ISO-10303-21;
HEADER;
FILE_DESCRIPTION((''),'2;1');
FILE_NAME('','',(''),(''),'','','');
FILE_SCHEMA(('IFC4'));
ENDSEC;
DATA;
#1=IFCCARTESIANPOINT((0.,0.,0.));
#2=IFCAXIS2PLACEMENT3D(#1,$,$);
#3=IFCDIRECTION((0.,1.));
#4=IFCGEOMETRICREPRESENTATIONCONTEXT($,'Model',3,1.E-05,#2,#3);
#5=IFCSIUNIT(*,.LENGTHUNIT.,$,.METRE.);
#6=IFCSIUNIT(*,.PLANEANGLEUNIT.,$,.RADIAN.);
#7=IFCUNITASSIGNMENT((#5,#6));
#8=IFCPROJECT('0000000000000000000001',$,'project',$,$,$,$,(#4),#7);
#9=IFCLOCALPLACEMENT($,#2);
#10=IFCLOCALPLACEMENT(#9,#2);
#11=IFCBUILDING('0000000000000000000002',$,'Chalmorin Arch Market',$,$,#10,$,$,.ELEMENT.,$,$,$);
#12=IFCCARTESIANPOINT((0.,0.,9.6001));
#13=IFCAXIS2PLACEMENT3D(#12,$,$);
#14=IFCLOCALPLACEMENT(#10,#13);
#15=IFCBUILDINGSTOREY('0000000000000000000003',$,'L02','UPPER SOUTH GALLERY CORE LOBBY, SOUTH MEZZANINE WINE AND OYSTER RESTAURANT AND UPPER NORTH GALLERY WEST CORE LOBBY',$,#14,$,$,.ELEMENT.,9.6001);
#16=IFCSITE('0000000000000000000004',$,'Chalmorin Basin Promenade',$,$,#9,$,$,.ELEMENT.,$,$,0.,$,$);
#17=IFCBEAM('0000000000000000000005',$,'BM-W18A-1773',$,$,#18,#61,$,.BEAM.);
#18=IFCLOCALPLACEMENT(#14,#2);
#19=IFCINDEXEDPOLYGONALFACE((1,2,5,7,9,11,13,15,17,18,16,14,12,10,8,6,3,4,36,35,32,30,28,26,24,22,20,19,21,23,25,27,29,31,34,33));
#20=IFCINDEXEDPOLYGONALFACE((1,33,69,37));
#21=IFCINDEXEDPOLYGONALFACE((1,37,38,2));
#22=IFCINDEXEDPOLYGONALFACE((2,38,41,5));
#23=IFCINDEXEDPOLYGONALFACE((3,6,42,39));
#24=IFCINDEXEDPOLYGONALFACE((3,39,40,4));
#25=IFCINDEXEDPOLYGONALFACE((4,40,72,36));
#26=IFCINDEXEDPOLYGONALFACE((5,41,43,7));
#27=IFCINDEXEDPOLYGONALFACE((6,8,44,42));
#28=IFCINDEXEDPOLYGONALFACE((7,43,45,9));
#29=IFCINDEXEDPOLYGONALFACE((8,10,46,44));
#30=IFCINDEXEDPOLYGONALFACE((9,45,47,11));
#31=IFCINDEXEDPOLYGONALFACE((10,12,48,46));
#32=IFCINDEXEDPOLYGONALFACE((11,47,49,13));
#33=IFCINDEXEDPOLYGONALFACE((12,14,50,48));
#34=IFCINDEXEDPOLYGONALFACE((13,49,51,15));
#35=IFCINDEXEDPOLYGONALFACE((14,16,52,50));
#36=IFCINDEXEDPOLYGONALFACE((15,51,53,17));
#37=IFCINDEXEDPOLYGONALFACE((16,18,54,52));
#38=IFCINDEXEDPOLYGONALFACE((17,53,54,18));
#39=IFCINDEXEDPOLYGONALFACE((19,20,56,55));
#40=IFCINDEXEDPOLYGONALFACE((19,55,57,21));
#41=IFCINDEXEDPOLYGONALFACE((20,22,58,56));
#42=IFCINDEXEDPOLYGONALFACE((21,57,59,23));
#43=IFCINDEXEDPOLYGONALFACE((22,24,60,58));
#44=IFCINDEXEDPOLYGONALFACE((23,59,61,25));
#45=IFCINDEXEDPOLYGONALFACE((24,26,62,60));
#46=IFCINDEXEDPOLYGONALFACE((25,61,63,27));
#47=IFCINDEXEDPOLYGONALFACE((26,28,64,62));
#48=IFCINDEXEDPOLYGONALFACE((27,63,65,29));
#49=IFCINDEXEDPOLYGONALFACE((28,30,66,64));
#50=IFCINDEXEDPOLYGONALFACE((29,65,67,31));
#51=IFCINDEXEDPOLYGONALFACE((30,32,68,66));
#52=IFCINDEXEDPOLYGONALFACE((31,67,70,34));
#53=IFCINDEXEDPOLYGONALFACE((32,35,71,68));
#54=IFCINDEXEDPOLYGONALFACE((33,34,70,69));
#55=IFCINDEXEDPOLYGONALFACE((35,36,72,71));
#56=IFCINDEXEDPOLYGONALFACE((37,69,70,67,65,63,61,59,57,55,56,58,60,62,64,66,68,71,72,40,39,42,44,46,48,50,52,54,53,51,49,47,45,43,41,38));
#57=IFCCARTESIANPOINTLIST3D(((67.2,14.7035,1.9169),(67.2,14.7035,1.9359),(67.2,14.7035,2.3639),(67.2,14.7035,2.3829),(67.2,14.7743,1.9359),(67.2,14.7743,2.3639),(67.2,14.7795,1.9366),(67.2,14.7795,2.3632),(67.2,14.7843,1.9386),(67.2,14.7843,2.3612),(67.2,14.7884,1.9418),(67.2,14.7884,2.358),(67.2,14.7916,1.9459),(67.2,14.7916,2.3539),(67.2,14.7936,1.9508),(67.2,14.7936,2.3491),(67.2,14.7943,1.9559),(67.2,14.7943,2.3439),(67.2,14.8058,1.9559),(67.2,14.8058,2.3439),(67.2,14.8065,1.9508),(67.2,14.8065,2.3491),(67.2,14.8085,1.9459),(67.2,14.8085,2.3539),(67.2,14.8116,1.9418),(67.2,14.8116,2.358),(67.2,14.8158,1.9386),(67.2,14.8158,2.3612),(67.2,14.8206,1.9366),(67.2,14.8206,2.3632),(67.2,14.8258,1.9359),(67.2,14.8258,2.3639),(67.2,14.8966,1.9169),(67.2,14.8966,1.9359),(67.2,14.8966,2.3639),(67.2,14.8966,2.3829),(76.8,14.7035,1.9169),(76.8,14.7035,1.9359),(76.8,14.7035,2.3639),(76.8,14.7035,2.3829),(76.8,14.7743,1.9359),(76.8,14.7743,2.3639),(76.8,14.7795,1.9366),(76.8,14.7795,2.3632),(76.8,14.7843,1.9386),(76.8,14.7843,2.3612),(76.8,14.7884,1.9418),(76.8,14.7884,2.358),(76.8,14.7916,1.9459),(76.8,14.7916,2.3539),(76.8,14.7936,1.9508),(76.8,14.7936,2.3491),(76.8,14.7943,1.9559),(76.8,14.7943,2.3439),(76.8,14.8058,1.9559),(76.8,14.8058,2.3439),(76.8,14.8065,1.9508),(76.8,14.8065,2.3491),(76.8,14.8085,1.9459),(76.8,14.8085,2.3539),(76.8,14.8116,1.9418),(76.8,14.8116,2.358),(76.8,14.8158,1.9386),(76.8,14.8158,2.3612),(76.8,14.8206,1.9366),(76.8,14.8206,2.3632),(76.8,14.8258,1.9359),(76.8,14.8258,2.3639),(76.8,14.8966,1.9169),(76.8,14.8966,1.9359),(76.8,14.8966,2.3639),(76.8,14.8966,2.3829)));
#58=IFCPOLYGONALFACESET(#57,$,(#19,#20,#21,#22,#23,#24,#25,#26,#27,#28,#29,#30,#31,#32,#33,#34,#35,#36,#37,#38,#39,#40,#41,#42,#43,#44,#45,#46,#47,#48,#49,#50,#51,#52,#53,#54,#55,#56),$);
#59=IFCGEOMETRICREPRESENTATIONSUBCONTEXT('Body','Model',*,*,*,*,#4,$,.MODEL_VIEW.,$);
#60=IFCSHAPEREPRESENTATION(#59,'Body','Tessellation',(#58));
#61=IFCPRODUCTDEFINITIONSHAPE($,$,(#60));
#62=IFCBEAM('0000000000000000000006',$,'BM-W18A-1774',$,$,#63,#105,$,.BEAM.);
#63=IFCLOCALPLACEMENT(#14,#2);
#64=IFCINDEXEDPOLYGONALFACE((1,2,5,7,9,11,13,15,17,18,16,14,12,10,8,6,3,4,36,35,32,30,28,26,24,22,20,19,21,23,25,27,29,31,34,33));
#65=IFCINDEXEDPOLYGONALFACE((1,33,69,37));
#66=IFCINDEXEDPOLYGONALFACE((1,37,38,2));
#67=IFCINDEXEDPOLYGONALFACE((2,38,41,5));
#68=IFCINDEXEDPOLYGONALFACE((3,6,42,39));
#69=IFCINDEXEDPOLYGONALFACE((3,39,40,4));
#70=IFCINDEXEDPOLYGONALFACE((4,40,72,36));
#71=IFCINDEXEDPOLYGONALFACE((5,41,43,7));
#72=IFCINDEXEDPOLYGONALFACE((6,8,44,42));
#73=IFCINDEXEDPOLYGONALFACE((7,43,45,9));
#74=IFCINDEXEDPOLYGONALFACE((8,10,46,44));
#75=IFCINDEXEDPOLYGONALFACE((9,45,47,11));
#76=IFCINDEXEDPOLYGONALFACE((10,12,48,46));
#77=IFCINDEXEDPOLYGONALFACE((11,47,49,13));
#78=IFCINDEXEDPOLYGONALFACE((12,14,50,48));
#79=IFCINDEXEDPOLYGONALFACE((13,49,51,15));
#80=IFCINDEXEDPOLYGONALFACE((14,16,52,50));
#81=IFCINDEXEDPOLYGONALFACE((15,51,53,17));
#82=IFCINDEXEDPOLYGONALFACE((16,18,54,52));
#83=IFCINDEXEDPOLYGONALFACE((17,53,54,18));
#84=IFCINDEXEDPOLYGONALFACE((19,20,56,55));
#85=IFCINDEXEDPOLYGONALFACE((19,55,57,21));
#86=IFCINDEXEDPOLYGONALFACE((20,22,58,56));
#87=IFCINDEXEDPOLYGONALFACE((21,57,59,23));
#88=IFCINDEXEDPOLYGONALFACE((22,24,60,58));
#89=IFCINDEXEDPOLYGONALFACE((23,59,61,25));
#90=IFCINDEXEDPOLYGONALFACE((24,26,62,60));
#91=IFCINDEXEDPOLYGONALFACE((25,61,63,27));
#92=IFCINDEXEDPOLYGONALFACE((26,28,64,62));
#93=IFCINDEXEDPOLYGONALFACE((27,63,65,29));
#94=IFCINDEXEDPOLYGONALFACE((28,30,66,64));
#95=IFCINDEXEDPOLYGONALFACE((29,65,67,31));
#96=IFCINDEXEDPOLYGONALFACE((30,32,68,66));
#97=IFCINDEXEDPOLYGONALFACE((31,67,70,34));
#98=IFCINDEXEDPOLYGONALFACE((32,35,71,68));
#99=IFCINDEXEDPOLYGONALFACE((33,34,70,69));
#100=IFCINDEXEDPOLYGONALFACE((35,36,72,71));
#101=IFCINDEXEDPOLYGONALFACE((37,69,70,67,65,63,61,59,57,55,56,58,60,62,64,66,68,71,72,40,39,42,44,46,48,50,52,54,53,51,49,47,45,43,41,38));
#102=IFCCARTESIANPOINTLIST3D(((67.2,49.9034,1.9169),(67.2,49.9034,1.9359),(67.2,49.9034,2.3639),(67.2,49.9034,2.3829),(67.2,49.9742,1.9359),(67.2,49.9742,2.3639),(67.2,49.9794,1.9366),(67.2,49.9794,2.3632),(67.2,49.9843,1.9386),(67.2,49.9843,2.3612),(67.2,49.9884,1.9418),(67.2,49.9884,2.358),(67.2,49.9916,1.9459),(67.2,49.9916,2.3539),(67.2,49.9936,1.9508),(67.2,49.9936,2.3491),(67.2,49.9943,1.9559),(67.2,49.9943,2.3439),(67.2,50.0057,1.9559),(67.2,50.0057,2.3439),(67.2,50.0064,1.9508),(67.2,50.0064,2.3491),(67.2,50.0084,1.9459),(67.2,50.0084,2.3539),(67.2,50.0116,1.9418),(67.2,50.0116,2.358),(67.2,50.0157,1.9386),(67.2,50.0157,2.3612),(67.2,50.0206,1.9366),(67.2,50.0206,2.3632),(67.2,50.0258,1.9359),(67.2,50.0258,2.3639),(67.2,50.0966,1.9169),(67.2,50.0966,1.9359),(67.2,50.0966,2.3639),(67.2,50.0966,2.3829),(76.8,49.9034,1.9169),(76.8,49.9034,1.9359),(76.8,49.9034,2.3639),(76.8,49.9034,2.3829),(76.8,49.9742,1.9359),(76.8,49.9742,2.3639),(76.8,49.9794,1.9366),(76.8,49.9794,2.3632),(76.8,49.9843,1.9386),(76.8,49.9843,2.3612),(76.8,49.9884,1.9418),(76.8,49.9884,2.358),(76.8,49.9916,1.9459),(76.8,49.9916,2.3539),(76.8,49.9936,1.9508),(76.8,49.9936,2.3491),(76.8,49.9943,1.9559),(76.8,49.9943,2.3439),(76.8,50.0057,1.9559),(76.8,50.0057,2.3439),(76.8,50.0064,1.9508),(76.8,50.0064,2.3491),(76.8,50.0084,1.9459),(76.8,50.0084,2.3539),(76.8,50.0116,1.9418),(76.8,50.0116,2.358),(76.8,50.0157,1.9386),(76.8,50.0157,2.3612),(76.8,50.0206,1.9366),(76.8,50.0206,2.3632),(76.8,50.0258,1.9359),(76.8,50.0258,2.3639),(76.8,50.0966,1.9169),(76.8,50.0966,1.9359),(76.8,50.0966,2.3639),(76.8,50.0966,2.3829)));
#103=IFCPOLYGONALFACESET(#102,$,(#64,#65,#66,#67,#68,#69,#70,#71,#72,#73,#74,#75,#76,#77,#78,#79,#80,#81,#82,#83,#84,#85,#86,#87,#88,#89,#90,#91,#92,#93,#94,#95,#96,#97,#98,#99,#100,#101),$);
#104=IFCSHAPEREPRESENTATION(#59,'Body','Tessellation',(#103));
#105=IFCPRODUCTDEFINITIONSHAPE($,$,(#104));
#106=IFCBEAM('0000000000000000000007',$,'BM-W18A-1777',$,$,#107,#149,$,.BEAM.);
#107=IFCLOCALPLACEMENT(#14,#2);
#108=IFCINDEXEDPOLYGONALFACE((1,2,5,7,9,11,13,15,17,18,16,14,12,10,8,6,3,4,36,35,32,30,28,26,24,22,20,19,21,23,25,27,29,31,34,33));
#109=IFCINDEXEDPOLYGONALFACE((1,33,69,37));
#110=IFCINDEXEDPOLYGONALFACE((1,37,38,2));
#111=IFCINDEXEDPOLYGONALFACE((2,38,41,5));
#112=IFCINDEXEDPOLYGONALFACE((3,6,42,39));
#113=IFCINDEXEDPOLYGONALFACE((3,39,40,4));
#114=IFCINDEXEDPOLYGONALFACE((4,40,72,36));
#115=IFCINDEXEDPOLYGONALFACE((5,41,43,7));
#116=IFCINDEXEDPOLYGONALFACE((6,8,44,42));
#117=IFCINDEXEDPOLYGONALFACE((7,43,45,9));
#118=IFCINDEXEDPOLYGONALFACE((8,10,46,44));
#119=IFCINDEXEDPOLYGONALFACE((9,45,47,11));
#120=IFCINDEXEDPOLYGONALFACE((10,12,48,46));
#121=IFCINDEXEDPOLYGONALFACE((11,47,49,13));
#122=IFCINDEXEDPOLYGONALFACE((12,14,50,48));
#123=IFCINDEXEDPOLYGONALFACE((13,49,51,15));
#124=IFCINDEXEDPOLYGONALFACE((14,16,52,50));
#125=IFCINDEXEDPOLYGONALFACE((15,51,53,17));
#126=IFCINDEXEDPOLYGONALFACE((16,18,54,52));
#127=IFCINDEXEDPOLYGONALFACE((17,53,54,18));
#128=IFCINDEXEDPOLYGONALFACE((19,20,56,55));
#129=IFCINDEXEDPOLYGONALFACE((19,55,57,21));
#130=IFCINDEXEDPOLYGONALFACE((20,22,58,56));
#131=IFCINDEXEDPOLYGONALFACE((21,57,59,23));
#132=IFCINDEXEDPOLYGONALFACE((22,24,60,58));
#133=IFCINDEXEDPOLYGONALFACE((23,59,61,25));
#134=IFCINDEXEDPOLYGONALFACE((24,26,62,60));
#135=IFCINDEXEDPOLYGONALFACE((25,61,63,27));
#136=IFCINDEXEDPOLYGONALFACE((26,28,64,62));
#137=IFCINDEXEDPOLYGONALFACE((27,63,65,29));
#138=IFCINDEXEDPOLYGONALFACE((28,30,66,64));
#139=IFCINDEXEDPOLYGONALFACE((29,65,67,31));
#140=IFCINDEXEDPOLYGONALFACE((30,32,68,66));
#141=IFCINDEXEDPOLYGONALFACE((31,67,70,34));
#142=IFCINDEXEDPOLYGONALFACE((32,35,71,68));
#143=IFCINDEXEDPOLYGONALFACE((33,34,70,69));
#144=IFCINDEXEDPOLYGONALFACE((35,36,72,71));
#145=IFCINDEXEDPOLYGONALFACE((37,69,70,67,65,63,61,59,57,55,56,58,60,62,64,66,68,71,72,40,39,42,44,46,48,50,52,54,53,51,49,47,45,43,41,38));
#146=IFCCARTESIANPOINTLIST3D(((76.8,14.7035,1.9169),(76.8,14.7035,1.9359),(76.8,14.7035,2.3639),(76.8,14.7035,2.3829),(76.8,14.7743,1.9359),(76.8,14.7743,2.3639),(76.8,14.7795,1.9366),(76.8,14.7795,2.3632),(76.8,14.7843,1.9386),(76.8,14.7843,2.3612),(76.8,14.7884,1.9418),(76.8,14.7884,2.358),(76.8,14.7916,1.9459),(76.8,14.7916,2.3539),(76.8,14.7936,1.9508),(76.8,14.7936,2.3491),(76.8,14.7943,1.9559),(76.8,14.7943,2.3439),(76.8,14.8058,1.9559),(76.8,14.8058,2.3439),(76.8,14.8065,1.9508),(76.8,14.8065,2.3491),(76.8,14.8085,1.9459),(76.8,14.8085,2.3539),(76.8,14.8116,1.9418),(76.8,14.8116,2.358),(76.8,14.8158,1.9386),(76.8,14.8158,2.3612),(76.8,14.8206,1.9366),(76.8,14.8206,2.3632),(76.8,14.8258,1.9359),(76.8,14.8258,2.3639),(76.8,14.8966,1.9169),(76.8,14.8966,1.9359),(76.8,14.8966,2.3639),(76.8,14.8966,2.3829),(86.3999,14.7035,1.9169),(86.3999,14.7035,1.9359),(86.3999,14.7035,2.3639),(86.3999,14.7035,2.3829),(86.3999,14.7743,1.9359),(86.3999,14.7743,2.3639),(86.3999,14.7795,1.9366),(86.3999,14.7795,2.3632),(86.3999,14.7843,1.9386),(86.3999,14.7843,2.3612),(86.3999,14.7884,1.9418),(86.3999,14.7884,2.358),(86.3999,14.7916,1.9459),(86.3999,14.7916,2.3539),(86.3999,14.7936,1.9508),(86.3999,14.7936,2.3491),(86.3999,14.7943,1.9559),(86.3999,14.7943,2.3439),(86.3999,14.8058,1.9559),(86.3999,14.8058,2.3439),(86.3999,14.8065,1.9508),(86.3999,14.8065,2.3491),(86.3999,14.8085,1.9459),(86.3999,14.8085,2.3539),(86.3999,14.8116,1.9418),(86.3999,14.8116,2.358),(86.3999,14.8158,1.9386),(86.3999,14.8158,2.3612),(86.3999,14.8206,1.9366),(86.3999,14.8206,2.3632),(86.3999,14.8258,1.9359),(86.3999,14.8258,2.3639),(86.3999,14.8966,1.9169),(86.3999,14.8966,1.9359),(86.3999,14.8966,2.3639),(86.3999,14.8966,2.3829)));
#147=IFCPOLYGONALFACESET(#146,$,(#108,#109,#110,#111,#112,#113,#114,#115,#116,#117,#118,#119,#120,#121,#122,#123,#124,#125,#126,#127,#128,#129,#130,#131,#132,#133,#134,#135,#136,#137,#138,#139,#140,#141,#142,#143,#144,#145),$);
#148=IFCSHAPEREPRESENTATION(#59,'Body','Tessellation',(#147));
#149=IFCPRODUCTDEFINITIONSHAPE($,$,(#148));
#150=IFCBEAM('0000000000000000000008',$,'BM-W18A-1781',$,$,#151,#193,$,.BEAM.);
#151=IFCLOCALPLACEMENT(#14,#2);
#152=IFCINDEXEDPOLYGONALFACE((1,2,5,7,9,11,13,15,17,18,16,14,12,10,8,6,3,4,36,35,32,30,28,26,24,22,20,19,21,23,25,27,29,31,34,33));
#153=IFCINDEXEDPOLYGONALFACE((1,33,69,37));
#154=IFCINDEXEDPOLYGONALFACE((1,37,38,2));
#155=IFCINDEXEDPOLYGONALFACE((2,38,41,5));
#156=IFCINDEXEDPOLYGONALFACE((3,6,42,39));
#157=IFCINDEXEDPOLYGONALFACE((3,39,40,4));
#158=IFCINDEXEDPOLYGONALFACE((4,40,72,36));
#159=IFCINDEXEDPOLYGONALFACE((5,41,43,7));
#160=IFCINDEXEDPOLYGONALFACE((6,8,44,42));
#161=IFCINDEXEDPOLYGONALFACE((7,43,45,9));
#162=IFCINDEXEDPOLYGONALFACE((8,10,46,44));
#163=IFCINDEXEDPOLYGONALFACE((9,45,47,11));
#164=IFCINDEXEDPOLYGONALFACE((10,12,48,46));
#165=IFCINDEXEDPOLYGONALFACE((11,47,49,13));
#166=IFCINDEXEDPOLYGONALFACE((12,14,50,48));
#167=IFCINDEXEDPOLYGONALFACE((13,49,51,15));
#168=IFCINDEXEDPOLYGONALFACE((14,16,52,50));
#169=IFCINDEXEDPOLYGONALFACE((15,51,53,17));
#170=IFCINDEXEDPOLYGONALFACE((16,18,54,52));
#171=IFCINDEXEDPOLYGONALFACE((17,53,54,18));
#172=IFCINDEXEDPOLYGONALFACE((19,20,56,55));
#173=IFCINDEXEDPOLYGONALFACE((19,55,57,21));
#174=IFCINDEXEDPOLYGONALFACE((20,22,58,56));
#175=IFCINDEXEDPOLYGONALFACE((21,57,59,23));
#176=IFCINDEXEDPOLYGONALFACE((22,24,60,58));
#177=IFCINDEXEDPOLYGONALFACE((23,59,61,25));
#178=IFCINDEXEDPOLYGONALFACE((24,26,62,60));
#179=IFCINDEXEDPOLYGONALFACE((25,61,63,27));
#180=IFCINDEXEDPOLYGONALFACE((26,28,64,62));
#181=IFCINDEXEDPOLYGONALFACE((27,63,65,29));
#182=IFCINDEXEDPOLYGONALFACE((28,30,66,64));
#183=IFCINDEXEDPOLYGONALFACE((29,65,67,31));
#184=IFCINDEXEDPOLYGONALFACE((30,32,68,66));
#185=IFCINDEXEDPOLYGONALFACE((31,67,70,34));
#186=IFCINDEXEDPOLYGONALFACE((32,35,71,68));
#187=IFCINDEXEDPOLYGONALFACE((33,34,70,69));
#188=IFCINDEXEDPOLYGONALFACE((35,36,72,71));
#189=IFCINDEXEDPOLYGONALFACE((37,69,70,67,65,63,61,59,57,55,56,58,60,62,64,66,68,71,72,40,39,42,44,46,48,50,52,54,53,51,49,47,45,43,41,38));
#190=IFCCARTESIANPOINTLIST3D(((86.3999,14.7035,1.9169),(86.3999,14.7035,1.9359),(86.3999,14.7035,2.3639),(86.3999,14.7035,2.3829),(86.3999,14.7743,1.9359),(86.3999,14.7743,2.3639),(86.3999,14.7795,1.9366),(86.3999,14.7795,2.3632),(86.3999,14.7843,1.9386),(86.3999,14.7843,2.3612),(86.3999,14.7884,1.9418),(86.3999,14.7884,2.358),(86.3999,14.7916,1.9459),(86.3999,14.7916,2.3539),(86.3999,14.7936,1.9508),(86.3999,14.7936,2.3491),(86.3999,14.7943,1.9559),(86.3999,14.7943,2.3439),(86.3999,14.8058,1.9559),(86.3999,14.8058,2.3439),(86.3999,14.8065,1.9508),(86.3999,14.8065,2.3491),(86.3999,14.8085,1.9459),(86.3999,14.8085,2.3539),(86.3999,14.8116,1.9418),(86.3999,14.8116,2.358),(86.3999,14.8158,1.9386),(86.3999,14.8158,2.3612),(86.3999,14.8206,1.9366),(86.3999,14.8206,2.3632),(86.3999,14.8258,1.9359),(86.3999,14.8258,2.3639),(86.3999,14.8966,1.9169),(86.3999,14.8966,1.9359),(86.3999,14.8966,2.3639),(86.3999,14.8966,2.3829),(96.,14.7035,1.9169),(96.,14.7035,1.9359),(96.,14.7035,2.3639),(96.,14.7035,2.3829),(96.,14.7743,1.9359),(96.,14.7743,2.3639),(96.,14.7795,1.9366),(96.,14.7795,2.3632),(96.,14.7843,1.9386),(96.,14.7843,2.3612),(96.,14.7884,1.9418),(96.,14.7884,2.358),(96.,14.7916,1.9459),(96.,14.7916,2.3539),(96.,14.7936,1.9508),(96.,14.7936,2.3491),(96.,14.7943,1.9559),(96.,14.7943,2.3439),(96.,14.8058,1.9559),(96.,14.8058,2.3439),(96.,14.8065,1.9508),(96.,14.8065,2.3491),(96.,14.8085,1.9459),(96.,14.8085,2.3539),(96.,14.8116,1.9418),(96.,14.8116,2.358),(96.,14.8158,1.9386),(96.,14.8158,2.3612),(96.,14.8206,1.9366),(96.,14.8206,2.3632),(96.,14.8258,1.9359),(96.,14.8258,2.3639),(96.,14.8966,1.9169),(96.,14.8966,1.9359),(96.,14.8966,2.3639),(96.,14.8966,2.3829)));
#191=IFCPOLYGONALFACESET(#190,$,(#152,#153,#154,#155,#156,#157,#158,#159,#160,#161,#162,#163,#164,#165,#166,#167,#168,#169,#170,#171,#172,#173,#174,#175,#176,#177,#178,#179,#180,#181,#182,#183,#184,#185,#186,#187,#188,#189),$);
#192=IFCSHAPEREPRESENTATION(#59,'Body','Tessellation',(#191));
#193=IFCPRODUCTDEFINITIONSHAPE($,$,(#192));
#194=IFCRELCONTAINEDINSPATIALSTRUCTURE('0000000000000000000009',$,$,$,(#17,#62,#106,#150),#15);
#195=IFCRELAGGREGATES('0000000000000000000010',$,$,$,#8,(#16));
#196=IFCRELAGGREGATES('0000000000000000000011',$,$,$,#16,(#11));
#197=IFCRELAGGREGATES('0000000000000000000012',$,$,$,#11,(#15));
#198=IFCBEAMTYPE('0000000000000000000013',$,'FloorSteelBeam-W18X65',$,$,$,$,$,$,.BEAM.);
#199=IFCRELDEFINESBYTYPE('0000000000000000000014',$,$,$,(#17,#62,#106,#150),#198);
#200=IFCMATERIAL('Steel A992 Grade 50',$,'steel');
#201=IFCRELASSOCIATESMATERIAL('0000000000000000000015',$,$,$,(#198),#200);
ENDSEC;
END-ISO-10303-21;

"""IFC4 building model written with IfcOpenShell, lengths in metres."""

from ifc_helpers import new_model, si_unit, direction, frame, origin, origin_2d, place, context, subcontext, project, spatial, i_section, extrude, material, material_profile, profile_set, type_object, element, save


model = new_model("IFC4")

# Units and contexts
model_context = context("Model", 3, precision=1e-05, world=origin(), true_north=direction((0.0, 1.0)))
body_context = subcontext(model_context, "Body", "Model", "MODEL_VIEW")
ifc_project = project(units=[si_unit("LENGTHUNIT", "METRE"), si_unit("PLANEANGLEUNIT", "RADIAN")], contexts=[model_context])

# Site, building, storey
site_placement = place(None, origin())
site = spatial("IfcSite", under=ifc_project, at=site_placement, Name="Chalmorin Basin Promenade", CompositionType="ELEMENT", RefElevation=0.0)
building_placement = place(site_placement, origin())
building = spatial("IfcBuilding", under=site, at=building_placement, Name="Chalmorin Arch Market", CompositionType="ELEMENT")
storey_placement = place(building_placement, frame((0.0, 0.0, 9.6001)))
storey = spatial("IfcBuildingStorey", under=building, at=storey_placement, Name="L02", Description="UPPER SOUTH GALLERY CORE LOBBY, SOUTH MEZZANINE WINE AND OYSTER RESTAURANT AND UPPER NORTH GALLERY WEST CORE LOBBY", CompositionType="ELEMENT", Elevation=9.6001)

# Beams
ifc_material_1 = material(Name="Steel A992 Grade 50", Category="steel")
ifc_material_profile_1 = material_profile(ifc_material_1, i_section(OverallWidth=0.1931, OverallDepth=0.4661, WebThickness=0.0115, FlangeThickness=0.019, FilletRadius=0.02, at=origin_2d()), Name="W18X65")
ifc_profile_set_1 = profile_set([ifc_material_profile_1], Name="Steel A992 Grade 50")
beam_type_1 = type_object("IfcBeamType", Name="FloorSteelBeam-W18X65", PredefinedType="BEAM", material=ifc_profile_set_1)
for number, where, z_axis, x_axis, name in (
    (1, (67.2, 14.8, 2.1499), (1.0, 0.0, 0.0), (0.0, 1.0, 0.0), "BM-W18A-1773"),
    (2, (67.2, 50.0, 2.1499), (1.0, 0.0, 0.0), (0.0, 1.0, 0.0), "BM-W18A-1774"),
):
    element("IfcBeam", number, at=place(storey_placement, frame(where, z_axis=z_axis, x_axis=x_axis)), inside=storey, type_object=beam_type_1, Name=name, PredefinedType="BEAM", context=body_context, shape_type="SweptSolid", body=[
        extrude(i_section(OverallWidth=0.1931, OverallDepth=0.4661, WebThickness=0.0115, FlangeThickness=0.019, FilletRadius=0.02, at=origin_2d()), origin(), (0.0, 0.0, 1.0), 9.6001),
    ])
beam_1_placement = place(storey_placement, frame((76.8, 14.8, 2.1499), z_axis=(1.0, 0.0, 0.0), x_axis=(0.0, 1.0, 0.0)))
element("IfcBeam", 3, at=beam_1_placement, inside=storey, type_object=beam_type_1, Name="BM-W18A-1777", PredefinedType="BEAM", context=body_context, shape_type="SweptSolid", body=[
    extrude(i_section(OverallWidth=0.1931, OverallDepth=0.4661, WebThickness=0.0115, FlangeThickness=0.019, FilletRadius=0.02, at=origin_2d()), origin(), (0.0, 0.0, 1.0), 9.5999),
])
beam_2_placement = place(storey_placement, frame((86.3999, 14.8, 2.1499), z_axis=(1.0, 0.0, 0.0), x_axis=(0.0, 1.0, 0.0)))
element("IfcBeam", 4, at=beam_2_placement, inside=storey, type_object=beam_type_1, Name="BM-W18A-1781", PredefinedType="BEAM", context=body_context, shape_type="SweptSolid", body=[
    extrude(i_section(OverallWidth=0.1931, OverallDepth=0.4661, WebThickness=0.0115, FlangeThickness=0.019, FilletRadius=0.02, at=origin_2d()), origin(), (0.0, 0.0, 1.0), 9.6001),
])

save(model, "model.ifc")
